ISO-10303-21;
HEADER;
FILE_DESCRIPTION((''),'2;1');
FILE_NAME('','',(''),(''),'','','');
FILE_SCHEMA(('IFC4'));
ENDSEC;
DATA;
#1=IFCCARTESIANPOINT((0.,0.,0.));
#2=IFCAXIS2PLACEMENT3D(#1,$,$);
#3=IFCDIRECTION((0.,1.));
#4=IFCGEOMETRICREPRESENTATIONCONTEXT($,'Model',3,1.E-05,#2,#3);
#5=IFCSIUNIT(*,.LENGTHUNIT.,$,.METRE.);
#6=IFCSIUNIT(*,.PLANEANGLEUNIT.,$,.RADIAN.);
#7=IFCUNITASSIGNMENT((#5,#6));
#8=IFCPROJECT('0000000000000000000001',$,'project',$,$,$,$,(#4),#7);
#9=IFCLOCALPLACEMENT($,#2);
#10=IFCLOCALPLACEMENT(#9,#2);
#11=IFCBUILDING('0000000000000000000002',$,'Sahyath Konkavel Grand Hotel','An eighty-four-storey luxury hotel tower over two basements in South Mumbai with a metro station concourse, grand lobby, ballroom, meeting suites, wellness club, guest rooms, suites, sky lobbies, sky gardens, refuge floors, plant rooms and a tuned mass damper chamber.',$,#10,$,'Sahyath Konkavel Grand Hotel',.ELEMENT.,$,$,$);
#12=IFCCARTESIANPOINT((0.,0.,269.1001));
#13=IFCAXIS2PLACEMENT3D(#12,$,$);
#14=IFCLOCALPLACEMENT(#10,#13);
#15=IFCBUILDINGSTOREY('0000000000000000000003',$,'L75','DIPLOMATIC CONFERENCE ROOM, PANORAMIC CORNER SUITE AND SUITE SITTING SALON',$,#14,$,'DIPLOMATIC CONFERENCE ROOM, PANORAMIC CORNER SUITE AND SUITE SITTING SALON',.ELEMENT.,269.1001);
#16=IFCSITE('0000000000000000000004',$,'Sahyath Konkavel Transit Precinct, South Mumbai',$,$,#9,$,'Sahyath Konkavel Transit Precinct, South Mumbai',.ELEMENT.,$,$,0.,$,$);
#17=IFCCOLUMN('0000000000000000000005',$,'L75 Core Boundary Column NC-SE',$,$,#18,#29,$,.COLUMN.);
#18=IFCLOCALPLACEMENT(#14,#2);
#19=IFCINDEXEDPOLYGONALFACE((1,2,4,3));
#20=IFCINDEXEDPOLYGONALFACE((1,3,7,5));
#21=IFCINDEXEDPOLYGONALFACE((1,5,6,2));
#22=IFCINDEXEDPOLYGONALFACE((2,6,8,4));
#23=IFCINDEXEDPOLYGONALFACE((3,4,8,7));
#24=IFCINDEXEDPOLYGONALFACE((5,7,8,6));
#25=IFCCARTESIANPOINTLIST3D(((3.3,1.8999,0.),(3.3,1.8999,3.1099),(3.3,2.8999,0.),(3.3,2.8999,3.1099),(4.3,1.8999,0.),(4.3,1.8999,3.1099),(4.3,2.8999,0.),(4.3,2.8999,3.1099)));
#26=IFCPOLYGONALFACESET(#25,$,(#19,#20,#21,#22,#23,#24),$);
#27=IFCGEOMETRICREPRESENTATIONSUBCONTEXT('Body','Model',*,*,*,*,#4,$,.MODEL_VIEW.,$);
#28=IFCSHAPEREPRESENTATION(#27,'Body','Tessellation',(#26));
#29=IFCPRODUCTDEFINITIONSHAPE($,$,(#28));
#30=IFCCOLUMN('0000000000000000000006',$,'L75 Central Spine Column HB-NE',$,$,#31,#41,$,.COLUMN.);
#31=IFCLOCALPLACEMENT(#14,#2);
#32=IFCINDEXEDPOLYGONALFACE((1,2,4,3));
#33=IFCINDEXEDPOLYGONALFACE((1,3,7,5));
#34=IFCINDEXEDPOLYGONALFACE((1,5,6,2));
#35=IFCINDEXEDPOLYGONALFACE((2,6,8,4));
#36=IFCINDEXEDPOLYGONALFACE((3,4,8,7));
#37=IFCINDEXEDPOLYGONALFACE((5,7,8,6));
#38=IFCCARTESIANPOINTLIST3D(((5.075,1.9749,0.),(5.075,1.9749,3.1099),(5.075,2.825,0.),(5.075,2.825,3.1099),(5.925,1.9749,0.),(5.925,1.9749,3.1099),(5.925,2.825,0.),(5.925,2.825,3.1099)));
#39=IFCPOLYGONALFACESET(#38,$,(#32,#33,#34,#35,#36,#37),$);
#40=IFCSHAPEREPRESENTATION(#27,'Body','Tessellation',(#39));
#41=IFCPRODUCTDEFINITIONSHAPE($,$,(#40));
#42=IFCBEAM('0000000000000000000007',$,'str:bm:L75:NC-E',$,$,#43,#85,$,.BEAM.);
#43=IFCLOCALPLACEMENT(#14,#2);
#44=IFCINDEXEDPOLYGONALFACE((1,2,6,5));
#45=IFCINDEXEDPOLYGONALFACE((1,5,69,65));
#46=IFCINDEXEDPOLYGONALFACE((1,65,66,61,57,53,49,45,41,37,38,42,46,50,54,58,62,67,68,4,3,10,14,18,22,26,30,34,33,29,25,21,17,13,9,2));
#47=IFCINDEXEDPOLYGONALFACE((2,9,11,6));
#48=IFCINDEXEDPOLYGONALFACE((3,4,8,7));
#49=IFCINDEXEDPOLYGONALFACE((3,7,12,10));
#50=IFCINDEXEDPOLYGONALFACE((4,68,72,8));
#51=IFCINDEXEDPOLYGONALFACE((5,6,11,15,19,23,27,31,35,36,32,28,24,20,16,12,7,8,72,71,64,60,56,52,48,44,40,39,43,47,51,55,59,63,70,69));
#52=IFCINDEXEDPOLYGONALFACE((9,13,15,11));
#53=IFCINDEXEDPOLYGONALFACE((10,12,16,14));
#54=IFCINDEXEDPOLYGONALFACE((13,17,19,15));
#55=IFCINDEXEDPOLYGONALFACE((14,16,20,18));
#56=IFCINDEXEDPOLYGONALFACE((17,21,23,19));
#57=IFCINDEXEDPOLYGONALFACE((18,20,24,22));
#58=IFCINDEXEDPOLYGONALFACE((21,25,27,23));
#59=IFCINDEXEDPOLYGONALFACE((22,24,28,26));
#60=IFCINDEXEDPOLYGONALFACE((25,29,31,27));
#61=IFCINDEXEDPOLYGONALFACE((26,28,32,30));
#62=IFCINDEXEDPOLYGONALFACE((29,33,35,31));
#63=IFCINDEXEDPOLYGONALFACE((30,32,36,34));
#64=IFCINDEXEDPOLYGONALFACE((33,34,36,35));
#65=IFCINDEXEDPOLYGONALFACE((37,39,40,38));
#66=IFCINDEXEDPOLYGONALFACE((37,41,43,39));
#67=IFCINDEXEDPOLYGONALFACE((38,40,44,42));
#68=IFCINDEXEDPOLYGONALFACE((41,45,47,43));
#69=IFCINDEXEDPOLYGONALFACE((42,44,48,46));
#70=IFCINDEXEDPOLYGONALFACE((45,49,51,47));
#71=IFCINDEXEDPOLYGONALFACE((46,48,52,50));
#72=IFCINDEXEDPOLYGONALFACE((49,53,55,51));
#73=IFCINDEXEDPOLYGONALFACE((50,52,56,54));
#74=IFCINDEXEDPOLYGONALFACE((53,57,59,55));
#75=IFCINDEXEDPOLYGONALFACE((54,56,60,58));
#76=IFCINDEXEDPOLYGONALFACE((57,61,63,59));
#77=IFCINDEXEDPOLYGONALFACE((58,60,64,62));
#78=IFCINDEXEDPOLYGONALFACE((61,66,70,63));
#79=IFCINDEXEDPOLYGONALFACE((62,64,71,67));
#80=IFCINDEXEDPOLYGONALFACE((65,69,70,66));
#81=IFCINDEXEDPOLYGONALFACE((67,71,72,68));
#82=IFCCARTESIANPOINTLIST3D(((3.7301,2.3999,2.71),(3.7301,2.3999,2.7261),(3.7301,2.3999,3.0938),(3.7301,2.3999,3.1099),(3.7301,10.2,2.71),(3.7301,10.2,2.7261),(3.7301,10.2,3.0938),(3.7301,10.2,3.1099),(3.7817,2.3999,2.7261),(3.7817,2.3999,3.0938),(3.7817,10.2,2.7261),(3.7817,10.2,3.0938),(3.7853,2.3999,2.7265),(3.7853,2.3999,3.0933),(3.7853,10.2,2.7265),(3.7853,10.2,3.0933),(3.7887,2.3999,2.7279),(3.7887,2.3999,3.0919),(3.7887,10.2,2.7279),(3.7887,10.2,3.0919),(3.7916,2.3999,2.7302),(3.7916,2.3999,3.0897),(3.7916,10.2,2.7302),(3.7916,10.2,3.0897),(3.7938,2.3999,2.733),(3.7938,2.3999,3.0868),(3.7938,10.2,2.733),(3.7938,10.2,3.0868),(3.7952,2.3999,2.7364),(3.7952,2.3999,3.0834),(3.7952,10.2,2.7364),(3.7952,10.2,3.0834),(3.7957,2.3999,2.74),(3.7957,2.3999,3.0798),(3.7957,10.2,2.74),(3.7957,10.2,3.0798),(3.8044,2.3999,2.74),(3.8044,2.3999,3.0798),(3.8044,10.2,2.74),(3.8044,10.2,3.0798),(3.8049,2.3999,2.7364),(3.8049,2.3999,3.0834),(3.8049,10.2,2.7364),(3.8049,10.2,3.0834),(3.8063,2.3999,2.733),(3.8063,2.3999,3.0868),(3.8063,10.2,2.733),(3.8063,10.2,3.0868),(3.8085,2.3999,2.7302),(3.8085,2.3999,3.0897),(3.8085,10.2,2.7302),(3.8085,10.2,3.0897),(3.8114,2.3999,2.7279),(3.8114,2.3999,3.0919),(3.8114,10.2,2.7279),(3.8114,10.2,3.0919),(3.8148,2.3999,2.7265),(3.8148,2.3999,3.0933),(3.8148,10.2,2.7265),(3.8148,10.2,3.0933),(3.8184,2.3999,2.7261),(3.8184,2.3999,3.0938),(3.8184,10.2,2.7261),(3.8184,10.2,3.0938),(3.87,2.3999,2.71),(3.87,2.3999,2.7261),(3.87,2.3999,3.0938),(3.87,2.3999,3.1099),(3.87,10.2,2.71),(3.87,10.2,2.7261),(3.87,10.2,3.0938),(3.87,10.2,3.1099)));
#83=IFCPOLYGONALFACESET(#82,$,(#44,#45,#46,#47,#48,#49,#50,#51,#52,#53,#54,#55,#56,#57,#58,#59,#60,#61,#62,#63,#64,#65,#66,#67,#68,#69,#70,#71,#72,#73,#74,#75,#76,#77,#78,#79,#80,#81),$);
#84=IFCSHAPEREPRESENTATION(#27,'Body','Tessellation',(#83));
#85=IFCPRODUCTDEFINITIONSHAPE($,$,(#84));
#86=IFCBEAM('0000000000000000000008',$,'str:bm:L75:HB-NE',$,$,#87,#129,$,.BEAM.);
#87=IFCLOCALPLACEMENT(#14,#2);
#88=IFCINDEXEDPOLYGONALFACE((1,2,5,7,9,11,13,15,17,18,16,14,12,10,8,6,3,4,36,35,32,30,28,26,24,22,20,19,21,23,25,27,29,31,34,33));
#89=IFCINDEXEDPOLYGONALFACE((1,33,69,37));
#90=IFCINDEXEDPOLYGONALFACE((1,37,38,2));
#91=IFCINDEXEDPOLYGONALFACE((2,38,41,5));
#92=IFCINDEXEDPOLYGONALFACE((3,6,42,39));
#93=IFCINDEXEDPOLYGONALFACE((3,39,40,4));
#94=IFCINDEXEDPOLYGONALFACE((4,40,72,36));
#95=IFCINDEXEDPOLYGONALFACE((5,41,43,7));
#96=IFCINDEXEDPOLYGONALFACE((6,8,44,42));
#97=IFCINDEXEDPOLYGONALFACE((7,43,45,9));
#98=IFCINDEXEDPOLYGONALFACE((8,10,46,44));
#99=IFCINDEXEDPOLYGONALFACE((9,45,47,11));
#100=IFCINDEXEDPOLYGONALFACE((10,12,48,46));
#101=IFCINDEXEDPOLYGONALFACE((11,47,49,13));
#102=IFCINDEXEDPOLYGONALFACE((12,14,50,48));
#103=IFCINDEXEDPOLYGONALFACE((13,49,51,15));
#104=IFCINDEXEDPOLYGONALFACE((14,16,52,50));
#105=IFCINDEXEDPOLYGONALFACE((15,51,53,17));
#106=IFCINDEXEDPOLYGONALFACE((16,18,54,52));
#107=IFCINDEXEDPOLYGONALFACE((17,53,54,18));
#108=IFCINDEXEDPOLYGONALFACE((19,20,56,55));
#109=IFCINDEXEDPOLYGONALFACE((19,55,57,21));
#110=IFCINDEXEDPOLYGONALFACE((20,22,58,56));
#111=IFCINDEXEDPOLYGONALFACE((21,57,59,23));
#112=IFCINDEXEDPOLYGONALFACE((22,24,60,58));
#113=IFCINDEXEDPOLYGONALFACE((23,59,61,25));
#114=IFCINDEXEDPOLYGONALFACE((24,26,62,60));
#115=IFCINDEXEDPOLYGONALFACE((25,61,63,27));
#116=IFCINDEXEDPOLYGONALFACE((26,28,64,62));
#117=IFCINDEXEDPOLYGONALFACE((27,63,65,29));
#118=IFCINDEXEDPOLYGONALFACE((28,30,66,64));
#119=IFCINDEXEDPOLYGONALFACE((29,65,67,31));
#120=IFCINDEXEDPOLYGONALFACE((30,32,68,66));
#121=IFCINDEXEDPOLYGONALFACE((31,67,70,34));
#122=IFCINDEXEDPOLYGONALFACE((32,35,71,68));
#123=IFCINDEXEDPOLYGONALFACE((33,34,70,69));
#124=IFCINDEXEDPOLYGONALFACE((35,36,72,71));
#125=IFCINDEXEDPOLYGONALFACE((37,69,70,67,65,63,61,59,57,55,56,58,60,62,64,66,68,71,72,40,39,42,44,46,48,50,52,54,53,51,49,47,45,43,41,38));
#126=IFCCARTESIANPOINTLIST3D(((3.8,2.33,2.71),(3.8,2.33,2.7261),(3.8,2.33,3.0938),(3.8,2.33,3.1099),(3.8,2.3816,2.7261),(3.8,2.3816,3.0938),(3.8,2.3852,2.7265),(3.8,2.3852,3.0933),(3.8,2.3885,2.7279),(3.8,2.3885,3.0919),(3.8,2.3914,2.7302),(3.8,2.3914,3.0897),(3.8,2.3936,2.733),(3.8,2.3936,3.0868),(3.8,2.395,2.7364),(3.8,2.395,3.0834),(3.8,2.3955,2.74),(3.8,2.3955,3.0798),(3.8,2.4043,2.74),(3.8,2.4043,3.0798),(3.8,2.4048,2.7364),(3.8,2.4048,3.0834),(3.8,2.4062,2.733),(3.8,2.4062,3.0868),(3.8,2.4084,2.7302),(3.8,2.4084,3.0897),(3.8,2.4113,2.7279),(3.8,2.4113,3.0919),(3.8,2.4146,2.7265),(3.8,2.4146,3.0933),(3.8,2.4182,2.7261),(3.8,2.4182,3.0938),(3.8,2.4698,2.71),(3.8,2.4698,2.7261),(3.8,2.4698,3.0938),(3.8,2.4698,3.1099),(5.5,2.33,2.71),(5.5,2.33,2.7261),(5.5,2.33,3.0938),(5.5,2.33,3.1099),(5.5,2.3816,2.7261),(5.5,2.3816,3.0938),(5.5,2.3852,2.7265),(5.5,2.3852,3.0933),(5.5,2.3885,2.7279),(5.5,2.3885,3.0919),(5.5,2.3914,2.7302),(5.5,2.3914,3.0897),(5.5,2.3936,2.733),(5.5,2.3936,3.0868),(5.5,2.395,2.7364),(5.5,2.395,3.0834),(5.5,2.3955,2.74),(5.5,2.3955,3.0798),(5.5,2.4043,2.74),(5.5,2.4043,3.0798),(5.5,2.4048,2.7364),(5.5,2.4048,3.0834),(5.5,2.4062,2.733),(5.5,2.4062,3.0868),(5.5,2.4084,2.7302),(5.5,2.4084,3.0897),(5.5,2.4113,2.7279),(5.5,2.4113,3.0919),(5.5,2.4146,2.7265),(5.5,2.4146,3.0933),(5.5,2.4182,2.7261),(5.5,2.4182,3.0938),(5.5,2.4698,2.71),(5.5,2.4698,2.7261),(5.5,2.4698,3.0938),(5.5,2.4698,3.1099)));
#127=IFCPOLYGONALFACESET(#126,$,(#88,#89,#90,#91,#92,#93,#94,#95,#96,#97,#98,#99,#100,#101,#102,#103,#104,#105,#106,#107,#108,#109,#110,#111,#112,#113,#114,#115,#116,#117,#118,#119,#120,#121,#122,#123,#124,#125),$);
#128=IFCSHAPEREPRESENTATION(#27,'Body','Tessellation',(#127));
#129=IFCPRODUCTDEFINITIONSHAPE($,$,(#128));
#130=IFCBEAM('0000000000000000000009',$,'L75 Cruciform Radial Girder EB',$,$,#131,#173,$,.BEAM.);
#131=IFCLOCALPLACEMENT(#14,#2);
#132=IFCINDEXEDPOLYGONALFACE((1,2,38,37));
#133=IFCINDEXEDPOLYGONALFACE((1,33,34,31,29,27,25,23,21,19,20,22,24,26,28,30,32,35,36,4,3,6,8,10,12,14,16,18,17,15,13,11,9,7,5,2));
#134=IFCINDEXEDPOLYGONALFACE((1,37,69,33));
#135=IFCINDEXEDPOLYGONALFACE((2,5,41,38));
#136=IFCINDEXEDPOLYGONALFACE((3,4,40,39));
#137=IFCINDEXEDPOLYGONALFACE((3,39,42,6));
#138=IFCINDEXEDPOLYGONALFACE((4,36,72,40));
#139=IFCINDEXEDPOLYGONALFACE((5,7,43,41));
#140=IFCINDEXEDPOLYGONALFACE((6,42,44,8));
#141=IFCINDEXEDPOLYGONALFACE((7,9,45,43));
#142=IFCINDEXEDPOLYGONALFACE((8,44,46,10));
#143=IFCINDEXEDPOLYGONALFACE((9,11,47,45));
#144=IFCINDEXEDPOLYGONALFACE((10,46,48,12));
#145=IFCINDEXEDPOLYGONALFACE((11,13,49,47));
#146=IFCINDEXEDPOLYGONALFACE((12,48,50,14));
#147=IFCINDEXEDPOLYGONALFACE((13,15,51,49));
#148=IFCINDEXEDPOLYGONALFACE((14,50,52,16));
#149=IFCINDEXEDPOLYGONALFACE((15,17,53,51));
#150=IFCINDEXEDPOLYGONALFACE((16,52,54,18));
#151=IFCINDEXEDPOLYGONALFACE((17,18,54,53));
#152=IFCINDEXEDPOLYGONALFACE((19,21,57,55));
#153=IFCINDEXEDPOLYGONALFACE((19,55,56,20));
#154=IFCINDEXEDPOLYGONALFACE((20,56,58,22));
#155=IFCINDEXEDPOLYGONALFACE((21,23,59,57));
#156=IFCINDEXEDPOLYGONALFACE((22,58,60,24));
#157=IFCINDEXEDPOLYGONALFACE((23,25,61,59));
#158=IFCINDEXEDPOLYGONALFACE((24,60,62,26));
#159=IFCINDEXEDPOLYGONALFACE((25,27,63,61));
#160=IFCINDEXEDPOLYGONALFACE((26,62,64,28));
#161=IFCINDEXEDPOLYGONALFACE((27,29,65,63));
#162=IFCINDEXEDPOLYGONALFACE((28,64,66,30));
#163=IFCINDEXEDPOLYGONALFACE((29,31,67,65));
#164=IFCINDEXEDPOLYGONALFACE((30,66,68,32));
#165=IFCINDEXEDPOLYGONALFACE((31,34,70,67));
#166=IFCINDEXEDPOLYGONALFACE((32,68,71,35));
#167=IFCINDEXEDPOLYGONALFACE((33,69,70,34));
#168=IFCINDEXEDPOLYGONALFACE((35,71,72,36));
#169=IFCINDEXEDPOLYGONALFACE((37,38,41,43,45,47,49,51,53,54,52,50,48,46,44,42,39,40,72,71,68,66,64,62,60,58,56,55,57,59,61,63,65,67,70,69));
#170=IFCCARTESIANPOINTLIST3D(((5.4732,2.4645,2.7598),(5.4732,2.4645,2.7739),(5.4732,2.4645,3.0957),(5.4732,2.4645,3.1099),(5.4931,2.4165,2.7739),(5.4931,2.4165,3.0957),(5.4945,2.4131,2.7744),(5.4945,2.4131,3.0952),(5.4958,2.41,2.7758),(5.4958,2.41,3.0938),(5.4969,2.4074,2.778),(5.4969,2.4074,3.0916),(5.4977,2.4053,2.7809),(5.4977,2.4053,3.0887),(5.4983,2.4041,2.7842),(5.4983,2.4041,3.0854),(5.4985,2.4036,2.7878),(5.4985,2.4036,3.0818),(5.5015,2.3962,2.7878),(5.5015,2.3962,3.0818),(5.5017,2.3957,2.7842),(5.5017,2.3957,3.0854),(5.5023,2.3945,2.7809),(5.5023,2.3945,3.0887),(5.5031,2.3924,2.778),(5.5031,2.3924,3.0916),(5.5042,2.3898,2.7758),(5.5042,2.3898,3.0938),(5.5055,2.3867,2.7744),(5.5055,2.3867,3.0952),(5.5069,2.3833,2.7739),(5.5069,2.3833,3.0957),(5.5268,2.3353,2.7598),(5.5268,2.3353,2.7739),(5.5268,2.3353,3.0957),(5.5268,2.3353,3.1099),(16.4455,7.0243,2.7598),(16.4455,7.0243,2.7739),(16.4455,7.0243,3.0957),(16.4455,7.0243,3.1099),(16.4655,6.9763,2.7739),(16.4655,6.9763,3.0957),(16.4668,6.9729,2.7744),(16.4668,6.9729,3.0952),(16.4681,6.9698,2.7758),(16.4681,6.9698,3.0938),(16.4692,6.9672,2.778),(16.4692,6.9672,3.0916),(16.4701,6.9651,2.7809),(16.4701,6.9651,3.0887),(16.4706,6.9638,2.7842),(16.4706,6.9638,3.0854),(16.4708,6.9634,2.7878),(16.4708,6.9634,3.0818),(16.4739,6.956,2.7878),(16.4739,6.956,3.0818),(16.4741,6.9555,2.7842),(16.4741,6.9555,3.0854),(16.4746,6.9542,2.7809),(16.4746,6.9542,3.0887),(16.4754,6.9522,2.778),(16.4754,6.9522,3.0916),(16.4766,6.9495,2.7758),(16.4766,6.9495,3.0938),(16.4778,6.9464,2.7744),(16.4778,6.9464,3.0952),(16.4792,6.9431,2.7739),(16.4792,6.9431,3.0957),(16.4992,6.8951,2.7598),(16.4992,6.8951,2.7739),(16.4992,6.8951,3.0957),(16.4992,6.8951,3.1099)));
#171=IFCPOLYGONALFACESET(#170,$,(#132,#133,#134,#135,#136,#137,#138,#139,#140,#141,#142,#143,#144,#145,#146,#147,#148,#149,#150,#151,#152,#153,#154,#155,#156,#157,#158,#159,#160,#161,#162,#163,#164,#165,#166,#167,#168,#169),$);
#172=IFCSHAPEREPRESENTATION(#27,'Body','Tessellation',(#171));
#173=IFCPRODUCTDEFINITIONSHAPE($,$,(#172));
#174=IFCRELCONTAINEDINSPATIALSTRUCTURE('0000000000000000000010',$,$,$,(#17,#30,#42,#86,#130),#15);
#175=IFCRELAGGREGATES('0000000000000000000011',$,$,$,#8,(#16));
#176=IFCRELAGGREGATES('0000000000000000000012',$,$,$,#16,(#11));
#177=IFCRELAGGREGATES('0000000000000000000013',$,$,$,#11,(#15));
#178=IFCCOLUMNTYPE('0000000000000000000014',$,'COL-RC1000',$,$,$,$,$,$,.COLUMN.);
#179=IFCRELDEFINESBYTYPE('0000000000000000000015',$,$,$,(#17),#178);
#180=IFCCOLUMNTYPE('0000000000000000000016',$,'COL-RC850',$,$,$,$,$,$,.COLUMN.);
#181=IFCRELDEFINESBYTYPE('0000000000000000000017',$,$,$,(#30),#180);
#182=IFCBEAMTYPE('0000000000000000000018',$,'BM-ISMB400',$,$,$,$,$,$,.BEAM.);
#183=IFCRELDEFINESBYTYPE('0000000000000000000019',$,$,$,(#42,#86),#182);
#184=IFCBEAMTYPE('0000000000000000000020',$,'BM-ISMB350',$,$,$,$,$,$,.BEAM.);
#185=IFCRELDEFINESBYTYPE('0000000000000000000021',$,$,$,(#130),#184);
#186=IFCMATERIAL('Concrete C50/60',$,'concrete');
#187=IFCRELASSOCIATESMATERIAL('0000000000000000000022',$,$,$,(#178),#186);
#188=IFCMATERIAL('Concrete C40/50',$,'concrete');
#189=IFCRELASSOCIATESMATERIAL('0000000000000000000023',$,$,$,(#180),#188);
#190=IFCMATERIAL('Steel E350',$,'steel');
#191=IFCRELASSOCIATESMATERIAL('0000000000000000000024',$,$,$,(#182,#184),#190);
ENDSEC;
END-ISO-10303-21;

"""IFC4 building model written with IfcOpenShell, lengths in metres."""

from ifc_helpers import new_model, si_unit, direction, frame, origin, origin_2d, place, context, subcontext, project, spatial, rectangle, i_section, extrude, source, transform, mapped, material, material_profile, profile_set, type_object, element, save


model = new_model("IFC4")

# Units and contexts
model_context = context("Model", 3, precision=1e-05, world=origin(), true_north=direction((0.0, 1.0)))
body_context = subcontext(model_context, "Body", "Model", "MODEL_VIEW")
ifc_project = project(units=[si_unit("LENGTHUNIT", "METRE"), si_unit("PLANEANGLEUNIT", "RADIAN")], contexts=[model_context])

# Site, building, storey
site_placement = place(None, origin())
site = spatial("IfcSite", under=ifc_project, at=site_placement, Name="Sahyath Konkavel Transit Precinct, South Mumbai", LongName="Sahyath Konkavel Transit Precinct, South Mumbai", CompositionType="ELEMENT", RefElevation=0.0)
building_placement = place(site_placement, origin())
building = spatial("IfcBuilding", under=site, at=building_placement, Name="Sahyath Konkavel Grand Hotel", Description="An eighty-four-storey luxury hotel tower over two basements in South Mumbai with a metro station concourse, grand lobby, ballroom, meeting suites, wellness club, guest rooms, suites, sky lobbies, sky gardens, refuge floors, plant rooms and a tuned mass damper chamber.", LongName="Sahyath Konkavel Grand Hotel", CompositionType="ELEMENT")
storey_placement = place(building_placement, frame((0.0, 0.0, 269.1001)))
storey = spatial("IfcBuildingStorey", under=building, at=storey_placement, Name="L75", Description="DIPLOMATIC CONFERENCE ROOM, PANORAMIC CORNER SUITE AND SUITE SITTING SALON", LongName="DIPLOMATIC CONFERENCE ROOM, PANORAMIC CORNER SUITE AND SUITE SITTING SALON", CompositionType="ELEMENT", Elevation=269.1001)

# Columns
ifc_material_1 = material(Name="Concrete C50/60", Category="concrete")
ifc_material_profile_1 = material_profile(ifc_material_1, rectangle(XDim=1.0, YDim=1.0, at=origin_2d()), Name="RC 1000x1000")
ifc_profile_set_1 = profile_set([ifc_material_profile_1], Name="Concrete C50/60")
column_type_1 = type_object("IfcColumnType", Name="COL-RC1000", PredefinedType="COLUMN", material=ifc_profile_set_1)
shared_shape_1 = source(origin(), body_context, "Body", "SweptSolid", [
    extrude(rectangle(XDim=1.0, YDim=1.0, at=origin_2d()), origin(), (0.0, 0.0, 1.0), 3.1099),
])
column_1_placement = place(storey_placement, frame((3.8, 2.3999, 0.0), z_axis=(0.0, 0.0, 1.0), x_axis=(1.0, 0.0, 0.0)))
element("IfcColumn", 1, at=column_1_placement, inside=storey, type_object=column_type_1, Name="L75 Core Boundary Column NC-SE", PredefinedType="COLUMN", context=body_context, shape_type="MappedRepresentation", body=[
    mapped(shared_shape_1, transform((0.0, 0.0, 0.0), scale=1.0)),
])
ifc_material_2 = material(Name="Concrete C40/50", Category="concrete")
ifc_material_profile_2 = material_profile(ifc_material_2, rectangle(XDim=0.8501, YDim=0.8501, at=origin_2d()), Name="RC 850x850")
ifc_profile_set_2 = profile_set([ifc_material_profile_2], Name="Concrete C40/50")
column_type_2 = type_object("IfcColumnType", Name="COL-RC850", PredefinedType="COLUMN", material=ifc_profile_set_2)
shared_shape_2 = source(origin(), body_context, "Body", "SweptSolid", [
    extrude(rectangle(XDim=0.8501, YDim=0.8501, at=origin_2d()), origin(), (0.0, 0.0, 1.0), 3.1099),
])
column_2_placement = place(storey_placement, frame((5.5, 2.3999, 0.0), z_axis=(0.0, 0.0, 1.0), x_axis=(1.0, 0.0, 0.0)))
element("IfcColumn", 2, at=column_2_placement, inside=storey, type_object=column_type_2, Name="L75 Central Spine Column HB-NE", PredefinedType="COLUMN", context=body_context, shape_type="MappedRepresentation", body=[
    mapped(shared_shape_2, transform((0.0, 0.0, 0.0), scale=1.0)),
])

# Beams
ifc_material_3 = material(Name="Steel E350", Category="steel")
ifc_material_profile_3 = material_profile(ifc_material_3, i_section(OverallWidth=0.1399, OverallDepth=0.3999, WebThickness=0.0088, FlangeThickness=0.0161, FilletRadius=0.0139, at=origin_2d()), Name="ISMB 400")
ifc_profile_set_3 = profile_set([ifc_material_profile_3], Name="Steel E350")
beam_type_1 = type_object("IfcBeamType", Name="BM-ISMB400", PredefinedType="BEAM", material=ifc_profile_set_3)
shared_shape_3 = source(origin(), body_context, "Body", "SweptSolid", [
    extrude(i_section(OverallWidth=0.1399, OverallDepth=0.3999, WebThickness=0.0088, FlangeThickness=0.0161, FilletRadius=0.0139, at=origin_2d()), origin(), (0.0, 0.0, 1.0), 7.8),
])
beam_1_placement = place(storey_placement, frame((3.8, 2.3999, 2.9099), z_axis=(0.0, 1.0, 0.0), x_axis=(-1.0, 0.0, 0.0)))
element("IfcBeam", 3, at=beam_1_placement, inside=storey, type_object=beam_type_1, Name="str:bm:L75:NC-E", PredefinedType="BEAM", context=body_context, shape_type="MappedRepresentation", body=[
    mapped(shared_shape_3, transform((0.0, 0.0, 0.0), scale=1.0)),
])
shared_shape_4 = source(origin(), body_context, "Body", "SweptSolid", [
    extrude(i_section(OverallWidth=0.1399, OverallDepth=0.3999, WebThickness=0.0088, FlangeThickness=0.0161, FilletRadius=0.0139, at=origin_2d()), origin(), (0.0, 0.0, 1.0), 1.7),
])
beam_2_placement = place(storey_placement, frame((3.8, 2.3999, 2.9099), z_axis=(1.0, 0.0, 0.0), x_axis=(0.0, 1.0, 0.0)))
element("IfcBeam", 4, at=beam_2_placement, inside=storey, type_object=beam_type_1, Name="str:bm:L75:HB-NE", PredefinedType="BEAM", context=body_context, shape_type="MappedRepresentation", body=[
    mapped(shared_shape_4, transform((0.0, 0.0, 0.0), scale=1.0)),
])
ifc_material_profile_4 = material_profile(ifc_material_3, i_section(OverallWidth=0.1399, OverallDepth=0.3501, WebThickness=0.0081, FlangeThickness=0.0142, FilletRadius=0.0139, at=origin_2d()), Name="ISMB 350")
ifc_profile_set_4 = profile_set([ifc_material_profile_4], Name="Steel E350")
beam_type_2 = type_object("IfcBeamType", Name="BM-ISMB350", PredefinedType="BEAM", material=ifc_profile_set_4)
shared_shape_5 = source(origin(), body_context, "Body", "SweptSolid", [
    extrude(i_section(OverallWidth=0.1399, OverallDepth=0.3501, WebThickness=0.0081, FlangeThickness=0.0142, FilletRadius=0.0139, at=origin_2d()), origin(), (0.0, 0.0, 1.0), 11.8821),
])
beam_3_placement = place(storey_placement, frame((5.5, 2.3999, 2.9348), z_axis=(0.923436, 0.383753, 0.0), x_axis=(-0.383753, 0.923436, 0.0)))
element("IfcBeam", 5, at=beam_3_placement, inside=storey, type_object=beam_type_2, Name="L75 Cruciform Radial Girder EB", PredefinedType="BEAM", context=body_context, shape_type="MappedRepresentation", body=[
    mapped(shared_shape_5, transform((0.0, 0.0, 0.0), scale=1.0)),
])

save(model, "model.ifc")
